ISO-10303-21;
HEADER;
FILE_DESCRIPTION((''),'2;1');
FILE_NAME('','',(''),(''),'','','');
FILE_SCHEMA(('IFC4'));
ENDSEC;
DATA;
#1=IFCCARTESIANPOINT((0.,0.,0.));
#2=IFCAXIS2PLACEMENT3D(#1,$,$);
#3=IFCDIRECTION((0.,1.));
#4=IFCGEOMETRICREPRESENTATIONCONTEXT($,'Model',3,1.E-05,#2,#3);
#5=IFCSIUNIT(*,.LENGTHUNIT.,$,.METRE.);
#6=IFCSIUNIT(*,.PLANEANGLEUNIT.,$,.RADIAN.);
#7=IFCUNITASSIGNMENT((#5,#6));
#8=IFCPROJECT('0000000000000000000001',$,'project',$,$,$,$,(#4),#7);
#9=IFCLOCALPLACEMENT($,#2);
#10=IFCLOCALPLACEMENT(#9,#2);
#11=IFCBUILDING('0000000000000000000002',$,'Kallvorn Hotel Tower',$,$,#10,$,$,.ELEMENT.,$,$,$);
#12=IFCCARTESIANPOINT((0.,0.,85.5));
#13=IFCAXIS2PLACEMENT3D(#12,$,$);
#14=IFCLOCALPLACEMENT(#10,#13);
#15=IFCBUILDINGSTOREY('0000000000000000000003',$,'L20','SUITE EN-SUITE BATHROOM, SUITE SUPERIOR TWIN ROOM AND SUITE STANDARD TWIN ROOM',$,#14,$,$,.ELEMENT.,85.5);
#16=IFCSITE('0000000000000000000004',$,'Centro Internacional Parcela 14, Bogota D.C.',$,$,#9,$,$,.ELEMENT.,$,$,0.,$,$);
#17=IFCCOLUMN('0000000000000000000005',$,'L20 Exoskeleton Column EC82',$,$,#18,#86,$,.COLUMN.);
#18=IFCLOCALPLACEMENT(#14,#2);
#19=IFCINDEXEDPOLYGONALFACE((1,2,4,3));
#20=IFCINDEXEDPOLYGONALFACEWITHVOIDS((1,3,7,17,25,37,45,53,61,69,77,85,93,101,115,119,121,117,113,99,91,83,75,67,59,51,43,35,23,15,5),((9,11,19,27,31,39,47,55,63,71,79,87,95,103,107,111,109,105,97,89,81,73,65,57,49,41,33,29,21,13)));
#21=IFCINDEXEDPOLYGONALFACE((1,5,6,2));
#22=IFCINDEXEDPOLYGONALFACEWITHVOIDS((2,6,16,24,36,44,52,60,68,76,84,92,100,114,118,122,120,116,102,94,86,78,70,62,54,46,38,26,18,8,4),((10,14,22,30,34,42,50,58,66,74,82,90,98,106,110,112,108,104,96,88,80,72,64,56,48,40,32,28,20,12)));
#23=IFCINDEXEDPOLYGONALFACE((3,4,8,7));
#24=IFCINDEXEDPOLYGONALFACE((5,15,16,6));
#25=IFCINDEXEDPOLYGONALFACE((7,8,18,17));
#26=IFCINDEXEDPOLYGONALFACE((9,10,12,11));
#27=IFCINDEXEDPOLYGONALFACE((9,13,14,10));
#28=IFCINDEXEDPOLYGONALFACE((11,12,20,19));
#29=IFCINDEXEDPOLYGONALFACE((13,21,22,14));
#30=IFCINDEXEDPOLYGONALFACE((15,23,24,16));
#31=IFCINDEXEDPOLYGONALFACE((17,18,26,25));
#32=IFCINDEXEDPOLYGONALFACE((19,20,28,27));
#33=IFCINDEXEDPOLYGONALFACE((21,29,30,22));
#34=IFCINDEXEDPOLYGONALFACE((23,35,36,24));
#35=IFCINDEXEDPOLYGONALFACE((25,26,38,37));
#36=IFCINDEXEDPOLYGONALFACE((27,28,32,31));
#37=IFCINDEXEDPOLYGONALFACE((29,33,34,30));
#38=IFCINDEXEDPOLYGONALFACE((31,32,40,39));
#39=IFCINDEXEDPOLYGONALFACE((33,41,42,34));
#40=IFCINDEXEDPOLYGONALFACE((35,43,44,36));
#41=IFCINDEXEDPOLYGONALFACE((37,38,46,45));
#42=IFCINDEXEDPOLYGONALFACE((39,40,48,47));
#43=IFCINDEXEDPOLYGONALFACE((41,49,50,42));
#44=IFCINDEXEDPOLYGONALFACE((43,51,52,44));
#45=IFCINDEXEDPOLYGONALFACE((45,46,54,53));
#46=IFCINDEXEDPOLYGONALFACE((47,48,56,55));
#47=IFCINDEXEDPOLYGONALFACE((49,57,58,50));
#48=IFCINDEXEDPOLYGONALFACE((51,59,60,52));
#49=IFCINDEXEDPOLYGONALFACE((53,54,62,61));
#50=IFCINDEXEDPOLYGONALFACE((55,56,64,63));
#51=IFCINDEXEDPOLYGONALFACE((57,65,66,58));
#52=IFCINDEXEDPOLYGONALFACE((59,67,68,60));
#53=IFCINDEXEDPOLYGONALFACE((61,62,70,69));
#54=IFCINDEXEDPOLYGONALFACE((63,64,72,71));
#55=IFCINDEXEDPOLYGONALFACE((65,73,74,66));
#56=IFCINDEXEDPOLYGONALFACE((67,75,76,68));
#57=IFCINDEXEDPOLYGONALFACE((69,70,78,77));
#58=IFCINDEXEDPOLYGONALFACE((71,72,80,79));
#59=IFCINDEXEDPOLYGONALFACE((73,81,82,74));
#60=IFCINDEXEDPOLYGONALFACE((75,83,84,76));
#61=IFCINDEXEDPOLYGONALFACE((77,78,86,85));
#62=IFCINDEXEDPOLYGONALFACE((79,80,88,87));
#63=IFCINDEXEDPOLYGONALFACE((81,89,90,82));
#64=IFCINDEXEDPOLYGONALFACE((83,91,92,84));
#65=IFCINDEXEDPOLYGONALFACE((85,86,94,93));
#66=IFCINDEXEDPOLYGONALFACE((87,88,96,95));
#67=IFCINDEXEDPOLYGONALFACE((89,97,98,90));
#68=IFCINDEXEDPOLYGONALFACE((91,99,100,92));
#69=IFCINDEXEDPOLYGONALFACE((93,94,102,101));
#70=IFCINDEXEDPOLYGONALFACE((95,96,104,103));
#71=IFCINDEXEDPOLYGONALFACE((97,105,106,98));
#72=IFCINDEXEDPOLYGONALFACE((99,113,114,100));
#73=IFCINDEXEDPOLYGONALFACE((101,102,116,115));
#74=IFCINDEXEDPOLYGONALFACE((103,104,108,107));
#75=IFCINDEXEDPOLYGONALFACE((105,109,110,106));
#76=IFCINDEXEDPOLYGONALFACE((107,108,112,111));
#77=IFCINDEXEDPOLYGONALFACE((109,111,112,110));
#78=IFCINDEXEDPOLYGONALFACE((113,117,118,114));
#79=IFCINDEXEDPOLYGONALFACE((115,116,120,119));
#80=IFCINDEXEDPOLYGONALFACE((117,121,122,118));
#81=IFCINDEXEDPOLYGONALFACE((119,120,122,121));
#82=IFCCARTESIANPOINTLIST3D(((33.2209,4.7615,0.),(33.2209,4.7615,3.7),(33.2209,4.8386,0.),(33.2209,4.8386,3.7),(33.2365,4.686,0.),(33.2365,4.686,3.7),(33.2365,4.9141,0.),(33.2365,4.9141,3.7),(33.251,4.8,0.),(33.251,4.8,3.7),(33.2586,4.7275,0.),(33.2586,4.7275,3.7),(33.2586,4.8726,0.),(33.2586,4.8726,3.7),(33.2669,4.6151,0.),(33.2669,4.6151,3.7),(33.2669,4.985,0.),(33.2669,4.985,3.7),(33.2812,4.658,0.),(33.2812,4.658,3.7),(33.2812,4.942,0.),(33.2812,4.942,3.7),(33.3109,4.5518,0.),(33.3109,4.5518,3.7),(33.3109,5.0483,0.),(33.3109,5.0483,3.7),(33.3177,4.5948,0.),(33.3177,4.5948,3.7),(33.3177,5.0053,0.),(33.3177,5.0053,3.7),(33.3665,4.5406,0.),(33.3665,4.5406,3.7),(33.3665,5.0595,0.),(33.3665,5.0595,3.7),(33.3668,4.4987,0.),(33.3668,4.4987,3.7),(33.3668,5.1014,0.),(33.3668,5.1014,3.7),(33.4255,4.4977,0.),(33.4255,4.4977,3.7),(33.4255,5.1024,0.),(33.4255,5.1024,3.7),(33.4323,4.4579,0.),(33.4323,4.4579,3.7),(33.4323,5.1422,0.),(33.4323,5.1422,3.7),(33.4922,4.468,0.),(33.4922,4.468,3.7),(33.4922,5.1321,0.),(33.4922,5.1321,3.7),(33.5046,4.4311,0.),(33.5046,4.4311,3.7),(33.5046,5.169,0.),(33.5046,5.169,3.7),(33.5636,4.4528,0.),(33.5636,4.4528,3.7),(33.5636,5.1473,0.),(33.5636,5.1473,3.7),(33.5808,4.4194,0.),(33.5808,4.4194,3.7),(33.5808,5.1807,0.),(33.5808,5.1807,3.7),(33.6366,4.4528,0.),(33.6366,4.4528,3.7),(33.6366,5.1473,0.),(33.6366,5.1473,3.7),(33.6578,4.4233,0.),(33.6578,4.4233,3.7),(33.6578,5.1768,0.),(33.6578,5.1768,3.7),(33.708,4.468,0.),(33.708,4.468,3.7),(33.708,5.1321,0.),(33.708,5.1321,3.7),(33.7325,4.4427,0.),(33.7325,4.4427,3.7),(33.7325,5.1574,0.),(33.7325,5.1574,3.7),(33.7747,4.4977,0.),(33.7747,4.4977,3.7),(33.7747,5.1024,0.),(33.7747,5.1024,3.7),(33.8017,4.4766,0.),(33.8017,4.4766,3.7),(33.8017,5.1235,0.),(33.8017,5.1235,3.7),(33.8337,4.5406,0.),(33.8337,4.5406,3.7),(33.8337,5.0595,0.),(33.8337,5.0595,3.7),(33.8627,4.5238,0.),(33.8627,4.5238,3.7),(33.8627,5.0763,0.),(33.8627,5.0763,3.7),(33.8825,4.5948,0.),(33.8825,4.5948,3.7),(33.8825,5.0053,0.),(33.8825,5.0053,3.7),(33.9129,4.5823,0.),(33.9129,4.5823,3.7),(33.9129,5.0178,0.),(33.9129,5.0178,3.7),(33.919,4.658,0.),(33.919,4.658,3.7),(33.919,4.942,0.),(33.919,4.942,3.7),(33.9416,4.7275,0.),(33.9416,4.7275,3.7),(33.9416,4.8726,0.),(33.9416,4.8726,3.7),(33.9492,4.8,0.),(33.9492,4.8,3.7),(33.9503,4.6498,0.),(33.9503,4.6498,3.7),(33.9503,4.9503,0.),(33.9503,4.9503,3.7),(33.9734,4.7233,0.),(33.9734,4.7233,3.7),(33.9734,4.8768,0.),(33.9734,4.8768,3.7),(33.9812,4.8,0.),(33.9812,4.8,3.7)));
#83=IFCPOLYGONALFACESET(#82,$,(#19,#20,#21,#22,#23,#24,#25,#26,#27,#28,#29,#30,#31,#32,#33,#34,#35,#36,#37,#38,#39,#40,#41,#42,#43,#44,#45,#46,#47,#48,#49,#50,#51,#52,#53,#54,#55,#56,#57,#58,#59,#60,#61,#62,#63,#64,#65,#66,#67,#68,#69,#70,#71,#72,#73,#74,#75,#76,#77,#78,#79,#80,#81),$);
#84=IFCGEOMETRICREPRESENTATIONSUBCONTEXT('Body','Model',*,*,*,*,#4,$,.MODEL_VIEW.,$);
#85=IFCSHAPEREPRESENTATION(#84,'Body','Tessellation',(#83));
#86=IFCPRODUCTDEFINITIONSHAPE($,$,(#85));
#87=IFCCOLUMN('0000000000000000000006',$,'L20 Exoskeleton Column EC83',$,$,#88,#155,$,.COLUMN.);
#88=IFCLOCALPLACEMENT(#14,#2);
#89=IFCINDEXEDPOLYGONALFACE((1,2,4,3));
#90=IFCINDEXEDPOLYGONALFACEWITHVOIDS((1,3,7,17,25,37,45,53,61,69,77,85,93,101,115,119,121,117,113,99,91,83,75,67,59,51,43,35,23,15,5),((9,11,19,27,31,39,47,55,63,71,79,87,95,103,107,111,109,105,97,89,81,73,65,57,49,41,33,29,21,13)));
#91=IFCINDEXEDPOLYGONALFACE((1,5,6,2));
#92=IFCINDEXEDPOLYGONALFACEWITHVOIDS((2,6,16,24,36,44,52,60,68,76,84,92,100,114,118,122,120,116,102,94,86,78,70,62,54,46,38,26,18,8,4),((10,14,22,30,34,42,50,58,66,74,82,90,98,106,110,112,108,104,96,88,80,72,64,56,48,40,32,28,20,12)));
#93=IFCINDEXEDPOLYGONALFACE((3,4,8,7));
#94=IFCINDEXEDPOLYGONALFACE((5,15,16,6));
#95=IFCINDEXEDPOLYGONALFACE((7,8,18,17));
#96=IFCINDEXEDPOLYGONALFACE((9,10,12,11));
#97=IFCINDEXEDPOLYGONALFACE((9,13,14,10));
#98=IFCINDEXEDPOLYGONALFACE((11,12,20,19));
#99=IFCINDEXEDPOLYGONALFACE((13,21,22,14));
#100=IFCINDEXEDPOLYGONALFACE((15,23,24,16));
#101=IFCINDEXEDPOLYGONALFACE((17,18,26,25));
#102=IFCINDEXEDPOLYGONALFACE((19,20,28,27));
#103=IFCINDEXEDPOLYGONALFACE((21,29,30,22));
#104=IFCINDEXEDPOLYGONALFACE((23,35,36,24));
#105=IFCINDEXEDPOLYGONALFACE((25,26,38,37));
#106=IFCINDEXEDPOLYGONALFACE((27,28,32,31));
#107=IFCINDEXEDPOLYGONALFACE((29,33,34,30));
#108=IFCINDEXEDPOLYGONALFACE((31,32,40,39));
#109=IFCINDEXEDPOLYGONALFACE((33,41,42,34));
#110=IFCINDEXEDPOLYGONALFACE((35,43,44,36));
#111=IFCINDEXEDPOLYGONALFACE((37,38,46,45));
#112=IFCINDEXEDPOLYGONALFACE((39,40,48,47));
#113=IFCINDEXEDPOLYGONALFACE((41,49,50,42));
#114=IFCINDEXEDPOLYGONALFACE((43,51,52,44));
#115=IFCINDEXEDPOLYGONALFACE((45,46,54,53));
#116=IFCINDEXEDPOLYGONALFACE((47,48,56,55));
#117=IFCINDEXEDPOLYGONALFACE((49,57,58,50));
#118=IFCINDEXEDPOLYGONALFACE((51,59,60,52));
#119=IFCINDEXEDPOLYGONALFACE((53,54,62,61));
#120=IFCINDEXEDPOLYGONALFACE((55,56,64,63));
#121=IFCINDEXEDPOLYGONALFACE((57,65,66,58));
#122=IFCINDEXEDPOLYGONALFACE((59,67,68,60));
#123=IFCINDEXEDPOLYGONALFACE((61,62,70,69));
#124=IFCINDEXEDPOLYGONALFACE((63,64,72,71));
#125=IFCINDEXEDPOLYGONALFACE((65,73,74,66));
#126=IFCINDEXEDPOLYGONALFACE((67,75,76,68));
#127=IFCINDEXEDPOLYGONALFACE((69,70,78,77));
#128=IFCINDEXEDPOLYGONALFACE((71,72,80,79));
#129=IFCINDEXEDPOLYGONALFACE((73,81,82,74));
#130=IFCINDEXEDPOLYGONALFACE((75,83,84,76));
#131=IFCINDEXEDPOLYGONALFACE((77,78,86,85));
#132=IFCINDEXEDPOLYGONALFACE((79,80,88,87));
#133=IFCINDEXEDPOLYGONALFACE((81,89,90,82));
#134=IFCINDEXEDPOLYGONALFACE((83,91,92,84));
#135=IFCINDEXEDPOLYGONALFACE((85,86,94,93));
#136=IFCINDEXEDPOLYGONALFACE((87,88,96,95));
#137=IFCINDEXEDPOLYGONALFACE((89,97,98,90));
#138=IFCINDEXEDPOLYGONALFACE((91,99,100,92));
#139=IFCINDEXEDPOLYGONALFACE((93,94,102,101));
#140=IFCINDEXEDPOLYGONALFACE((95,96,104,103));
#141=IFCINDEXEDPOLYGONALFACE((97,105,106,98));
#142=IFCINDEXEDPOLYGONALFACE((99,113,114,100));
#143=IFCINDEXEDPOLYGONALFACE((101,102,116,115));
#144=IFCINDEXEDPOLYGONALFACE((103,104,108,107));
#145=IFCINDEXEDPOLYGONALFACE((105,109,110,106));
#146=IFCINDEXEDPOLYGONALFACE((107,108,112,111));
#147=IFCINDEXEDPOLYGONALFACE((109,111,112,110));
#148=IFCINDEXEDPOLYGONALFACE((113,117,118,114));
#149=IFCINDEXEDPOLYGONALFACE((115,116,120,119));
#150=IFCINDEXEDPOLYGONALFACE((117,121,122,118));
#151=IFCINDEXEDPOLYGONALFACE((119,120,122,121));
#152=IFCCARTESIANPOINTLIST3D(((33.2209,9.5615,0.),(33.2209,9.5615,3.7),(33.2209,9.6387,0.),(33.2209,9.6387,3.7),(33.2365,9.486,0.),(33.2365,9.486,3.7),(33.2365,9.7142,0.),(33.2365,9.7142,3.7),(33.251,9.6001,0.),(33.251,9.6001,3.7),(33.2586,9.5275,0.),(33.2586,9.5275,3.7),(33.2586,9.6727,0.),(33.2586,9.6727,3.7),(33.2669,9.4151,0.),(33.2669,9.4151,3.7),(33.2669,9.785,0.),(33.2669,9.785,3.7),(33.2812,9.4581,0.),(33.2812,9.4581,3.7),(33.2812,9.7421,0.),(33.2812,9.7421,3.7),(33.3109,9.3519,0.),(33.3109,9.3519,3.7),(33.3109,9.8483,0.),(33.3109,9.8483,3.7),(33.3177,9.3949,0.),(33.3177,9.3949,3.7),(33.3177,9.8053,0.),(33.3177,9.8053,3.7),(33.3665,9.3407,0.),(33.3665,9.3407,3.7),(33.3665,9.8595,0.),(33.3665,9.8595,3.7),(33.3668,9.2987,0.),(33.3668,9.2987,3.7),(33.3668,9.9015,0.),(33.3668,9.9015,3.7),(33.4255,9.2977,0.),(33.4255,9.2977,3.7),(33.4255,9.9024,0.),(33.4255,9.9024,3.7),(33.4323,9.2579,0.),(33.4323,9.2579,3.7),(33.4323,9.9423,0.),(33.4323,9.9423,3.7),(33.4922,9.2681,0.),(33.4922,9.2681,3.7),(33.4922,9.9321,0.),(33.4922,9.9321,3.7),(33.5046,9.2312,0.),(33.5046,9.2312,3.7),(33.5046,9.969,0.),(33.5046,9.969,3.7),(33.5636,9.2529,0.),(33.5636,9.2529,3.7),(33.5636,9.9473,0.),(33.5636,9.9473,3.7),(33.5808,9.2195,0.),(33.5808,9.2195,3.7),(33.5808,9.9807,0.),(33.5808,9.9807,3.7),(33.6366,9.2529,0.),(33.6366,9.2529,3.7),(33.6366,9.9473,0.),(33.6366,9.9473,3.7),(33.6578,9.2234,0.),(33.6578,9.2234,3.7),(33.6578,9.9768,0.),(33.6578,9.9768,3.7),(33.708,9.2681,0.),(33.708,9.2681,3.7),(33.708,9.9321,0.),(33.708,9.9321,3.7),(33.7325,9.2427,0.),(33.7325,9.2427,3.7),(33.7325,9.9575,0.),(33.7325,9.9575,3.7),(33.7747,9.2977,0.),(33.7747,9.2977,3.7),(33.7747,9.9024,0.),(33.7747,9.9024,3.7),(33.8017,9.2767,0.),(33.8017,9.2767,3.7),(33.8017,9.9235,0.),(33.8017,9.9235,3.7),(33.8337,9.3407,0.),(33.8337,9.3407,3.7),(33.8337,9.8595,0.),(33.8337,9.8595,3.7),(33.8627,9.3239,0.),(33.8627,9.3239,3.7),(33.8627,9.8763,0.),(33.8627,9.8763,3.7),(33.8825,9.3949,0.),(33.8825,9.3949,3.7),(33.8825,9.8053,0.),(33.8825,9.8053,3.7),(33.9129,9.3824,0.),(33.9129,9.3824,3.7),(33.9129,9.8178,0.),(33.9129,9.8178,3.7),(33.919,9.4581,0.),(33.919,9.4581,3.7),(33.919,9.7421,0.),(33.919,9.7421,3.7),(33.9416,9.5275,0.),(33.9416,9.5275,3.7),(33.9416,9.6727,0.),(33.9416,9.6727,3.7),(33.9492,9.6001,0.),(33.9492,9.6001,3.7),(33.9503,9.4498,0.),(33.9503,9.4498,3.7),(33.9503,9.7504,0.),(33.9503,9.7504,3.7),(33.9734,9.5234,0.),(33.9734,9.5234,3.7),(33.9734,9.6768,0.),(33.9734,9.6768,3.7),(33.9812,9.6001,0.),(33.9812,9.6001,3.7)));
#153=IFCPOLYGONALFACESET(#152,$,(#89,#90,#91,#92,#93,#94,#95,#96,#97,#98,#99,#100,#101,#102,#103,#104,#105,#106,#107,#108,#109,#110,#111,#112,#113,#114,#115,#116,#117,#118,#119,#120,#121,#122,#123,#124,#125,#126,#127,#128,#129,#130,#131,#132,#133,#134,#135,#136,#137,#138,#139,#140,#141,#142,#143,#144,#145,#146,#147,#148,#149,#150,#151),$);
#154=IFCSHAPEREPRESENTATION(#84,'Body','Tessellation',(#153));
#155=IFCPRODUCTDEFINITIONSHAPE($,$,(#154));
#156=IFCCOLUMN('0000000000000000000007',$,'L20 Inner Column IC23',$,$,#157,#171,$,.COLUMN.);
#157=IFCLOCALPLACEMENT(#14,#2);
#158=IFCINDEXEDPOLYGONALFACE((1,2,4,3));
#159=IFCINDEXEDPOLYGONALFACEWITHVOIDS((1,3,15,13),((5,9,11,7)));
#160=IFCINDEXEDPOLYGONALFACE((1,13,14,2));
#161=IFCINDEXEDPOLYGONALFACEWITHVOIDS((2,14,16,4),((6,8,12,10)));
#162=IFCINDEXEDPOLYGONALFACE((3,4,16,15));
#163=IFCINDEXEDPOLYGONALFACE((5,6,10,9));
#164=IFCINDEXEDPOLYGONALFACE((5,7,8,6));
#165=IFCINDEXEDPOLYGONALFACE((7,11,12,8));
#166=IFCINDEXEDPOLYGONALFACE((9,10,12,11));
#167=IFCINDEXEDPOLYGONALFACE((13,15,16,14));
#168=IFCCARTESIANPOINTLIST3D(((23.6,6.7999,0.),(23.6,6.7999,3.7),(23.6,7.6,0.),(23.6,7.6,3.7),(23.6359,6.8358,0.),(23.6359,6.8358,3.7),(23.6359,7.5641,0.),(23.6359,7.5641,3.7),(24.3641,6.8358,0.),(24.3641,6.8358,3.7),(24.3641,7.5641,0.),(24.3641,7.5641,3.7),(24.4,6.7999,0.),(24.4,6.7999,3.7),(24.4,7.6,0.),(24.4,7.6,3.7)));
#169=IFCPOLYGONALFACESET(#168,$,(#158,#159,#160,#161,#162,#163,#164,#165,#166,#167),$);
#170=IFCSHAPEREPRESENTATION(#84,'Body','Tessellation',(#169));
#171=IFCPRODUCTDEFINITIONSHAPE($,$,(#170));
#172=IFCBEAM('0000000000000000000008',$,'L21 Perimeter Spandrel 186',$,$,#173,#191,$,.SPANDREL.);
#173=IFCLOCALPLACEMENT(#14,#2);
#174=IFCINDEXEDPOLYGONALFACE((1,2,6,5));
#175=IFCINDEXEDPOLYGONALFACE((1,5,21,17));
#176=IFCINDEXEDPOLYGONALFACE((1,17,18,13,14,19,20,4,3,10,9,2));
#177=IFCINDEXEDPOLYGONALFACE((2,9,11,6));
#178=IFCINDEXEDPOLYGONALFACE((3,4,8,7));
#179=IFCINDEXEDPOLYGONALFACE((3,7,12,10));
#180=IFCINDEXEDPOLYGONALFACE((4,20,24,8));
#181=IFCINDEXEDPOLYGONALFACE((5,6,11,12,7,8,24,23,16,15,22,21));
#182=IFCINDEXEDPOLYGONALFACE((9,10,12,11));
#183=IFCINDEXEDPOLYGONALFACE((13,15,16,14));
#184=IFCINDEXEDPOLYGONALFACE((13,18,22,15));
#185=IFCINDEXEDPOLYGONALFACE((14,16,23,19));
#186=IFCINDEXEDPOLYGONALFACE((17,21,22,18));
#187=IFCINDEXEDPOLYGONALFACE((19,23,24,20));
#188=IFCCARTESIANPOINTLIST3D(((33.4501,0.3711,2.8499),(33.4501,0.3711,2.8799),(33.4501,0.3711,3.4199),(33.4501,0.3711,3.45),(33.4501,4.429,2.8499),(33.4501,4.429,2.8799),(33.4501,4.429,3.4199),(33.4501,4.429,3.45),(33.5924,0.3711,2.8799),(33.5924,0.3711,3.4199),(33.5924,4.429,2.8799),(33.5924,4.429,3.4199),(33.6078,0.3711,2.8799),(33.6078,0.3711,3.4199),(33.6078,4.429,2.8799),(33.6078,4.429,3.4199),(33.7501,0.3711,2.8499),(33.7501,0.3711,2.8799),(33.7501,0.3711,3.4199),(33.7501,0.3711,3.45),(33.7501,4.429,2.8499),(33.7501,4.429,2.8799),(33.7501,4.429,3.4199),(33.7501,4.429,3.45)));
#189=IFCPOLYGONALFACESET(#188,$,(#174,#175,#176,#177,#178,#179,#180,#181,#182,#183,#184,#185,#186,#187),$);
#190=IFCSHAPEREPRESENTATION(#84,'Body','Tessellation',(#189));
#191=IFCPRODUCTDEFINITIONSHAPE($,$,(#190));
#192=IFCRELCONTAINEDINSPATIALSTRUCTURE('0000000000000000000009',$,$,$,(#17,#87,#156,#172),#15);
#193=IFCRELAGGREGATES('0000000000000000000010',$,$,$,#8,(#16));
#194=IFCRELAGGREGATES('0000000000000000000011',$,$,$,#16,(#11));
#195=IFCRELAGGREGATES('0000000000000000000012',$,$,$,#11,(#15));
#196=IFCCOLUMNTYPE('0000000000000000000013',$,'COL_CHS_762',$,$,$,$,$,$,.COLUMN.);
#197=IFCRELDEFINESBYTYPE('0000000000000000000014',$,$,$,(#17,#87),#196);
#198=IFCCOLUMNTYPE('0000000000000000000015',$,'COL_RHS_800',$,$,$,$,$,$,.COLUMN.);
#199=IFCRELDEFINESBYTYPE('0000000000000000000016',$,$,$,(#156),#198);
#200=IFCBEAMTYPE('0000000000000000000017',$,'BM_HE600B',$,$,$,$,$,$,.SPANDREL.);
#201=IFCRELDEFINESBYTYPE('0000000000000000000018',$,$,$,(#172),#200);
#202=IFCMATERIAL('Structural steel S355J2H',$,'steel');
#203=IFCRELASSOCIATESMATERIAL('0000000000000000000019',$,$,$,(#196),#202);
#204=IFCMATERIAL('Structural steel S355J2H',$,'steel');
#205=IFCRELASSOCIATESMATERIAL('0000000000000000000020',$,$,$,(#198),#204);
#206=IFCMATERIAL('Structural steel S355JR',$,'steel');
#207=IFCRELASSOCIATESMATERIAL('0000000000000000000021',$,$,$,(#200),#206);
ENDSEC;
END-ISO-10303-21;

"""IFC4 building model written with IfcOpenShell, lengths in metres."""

from ifc_helpers import new_model, si_unit, direction, frame, origin, origin_2d, place, context, subcontext, project, spatial, hollow_rectangle, hollow_circle, i_section, extrude, material, material_profile, profile_set, type_object, element, save


model = new_model("IFC4")

# Units and contexts
model_context = context("Model", 3, precision=1e-05, world=origin(), true_north=direction((0.0, 1.0)))
body_context = subcontext(model_context, "Body", "Model", "MODEL_VIEW")
ifc_project = project(units=[si_unit("LENGTHUNIT", "METRE"), si_unit("PLANEANGLEUNIT", "RADIAN")], contexts=[model_context])

# Site, building, storey
site_placement = place(None, origin())
site = spatial("IfcSite", under=ifc_project, at=site_placement, Name="Centro Internacional Parcela 14, Bogota D.C.", CompositionType="ELEMENT", RefElevation=0.0)
building_placement = place(site_placement, origin())
building = spatial("IfcBuilding", under=site, at=building_placement, Name="Kallvorn Hotel Tower", CompositionType="ELEMENT")
storey_placement = place(building_placement, frame((0.0, 0.0, 85.5)))
storey = spatial("IfcBuildingStorey", under=building, at=storey_placement, Name="L20", Description="SUITE EN-SUITE BATHROOM, SUITE SUPERIOR TWIN ROOM AND SUITE STANDARD TWIN ROOM", CompositionType="ELEMENT", Elevation=85.5)

# Columns
ifc_material_1 = material(Name="Structural steel S355J2H", Category="steel")
ifc_material_profile_1 = material_profile(ifc_material_1, hollow_circle(Radius=0.3811, WallThickness=0.032, at=origin_2d()), Name="CHS 762x32")
ifc_profile_set_1 = profile_set([ifc_material_profile_1], Name="Structural steel S355J2H")
column_type_1 = type_object("IfcColumnType", Name="COL_CHS_762", PredefinedType="COLUMN", material=ifc_profile_set_1)
for number, where, z_axis, x_axis, name in (
    (1, (33.6001, 4.8, 0.0), (0.0, 0.0, 1.0), (1.0, 0.0, 0.0), "L20 Exoskeleton Column EC82"),
    (2, (33.6001, 9.6001, 0.0), (0.0, 0.0, 1.0), (1.0, 0.0, 0.0), "L20 Exoskeleton Column EC83"),
):
    element("IfcColumn", number, at=place(storey_placement, frame(where, z_axis=z_axis, x_axis=x_axis)), inside=storey, type_object=column_type_1, Name=name, PredefinedType="COLUMN", context=body_context, shape_type="SweptSolid", body=[
        extrude(hollow_circle(Radius=0.3811, WallThickness=0.032, at=origin_2d()), origin(), (0.0, 0.0, 1.0), 3.7),
    ])
ifc_material_2 = material(Name="Structural steel S355J2H", Category="steel")
ifc_material_profile_2 = material_profile(ifc_material_2, hollow_rectangle(XDim=0.8, YDim=0.8, WallThickness=0.0359, at=origin_2d()), Name="RHS 800x800x36")
ifc_profile_set_2 = profile_set([ifc_material_profile_2], Name="Structural steel S355J2H")
column_type_2 = type_object("IfcColumnType", Name="COL_RHS_800", PredefinedType="COLUMN", material=ifc_profile_set_2)
column_placement = place(storey_placement, frame((24.0, 7.2, 0.0), z_axis=(0.0, 0.0, 1.0), x_axis=(1.0, 0.0, 0.0)))
element("IfcColumn", 3, at=column_placement, inside=storey, type_object=column_type_2, Name="L20 Inner Column IC23", PredefinedType="COLUMN", context=body_context, shape_type="SweptSolid", body=[
    extrude(hollow_rectangle(XDim=0.8, YDim=0.8, WallThickness=0.0359, at=origin_2d()), origin(), (0.0, 0.0, 1.0), 3.7),
])

# Beam
ifc_material_3 = material(Name="Structural steel S355JR", Category="steel")
ifc_material_profile_3 = material_profile(ifc_material_3, i_section(OverallWidth=0.3, OverallDepth=0.6001, WebThickness=0.0154, FlangeThickness=0.03, at=origin_2d()), Name="HE 600 B")
ifc_profile_set_3 = profile_set([ifc_material_profile_3], Name="Structural steel S355JR")
beam_type_1 = type_object("IfcBeamType", Name="BM_HE600B", PredefinedType="SPANDREL", material=ifc_profile_set_3)
beam_1_placement = place(storey_placement, frame((33.6001, 0.3711, 3.1499), z_axis=(0.0, 1.0, 0.0), x_axis=(-1.0, 0.0, 0.0)))
element("IfcBeam", 4, at=beam_1_placement, inside=storey, type_object=beam_type_1, Name="L21 Perimeter Spandrel 186", PredefinedType="SPANDREL", context=body_context, shape_type="SweptSolid", body=[
    extrude(i_section(OverallWidth=0.3, OverallDepth=0.6001, WebThickness=0.0154, FlangeThickness=0.03, at=origin_2d()), origin(), (0.0, 0.0, 1.0), 4.0579),
])

save(model, "model.ifc")
